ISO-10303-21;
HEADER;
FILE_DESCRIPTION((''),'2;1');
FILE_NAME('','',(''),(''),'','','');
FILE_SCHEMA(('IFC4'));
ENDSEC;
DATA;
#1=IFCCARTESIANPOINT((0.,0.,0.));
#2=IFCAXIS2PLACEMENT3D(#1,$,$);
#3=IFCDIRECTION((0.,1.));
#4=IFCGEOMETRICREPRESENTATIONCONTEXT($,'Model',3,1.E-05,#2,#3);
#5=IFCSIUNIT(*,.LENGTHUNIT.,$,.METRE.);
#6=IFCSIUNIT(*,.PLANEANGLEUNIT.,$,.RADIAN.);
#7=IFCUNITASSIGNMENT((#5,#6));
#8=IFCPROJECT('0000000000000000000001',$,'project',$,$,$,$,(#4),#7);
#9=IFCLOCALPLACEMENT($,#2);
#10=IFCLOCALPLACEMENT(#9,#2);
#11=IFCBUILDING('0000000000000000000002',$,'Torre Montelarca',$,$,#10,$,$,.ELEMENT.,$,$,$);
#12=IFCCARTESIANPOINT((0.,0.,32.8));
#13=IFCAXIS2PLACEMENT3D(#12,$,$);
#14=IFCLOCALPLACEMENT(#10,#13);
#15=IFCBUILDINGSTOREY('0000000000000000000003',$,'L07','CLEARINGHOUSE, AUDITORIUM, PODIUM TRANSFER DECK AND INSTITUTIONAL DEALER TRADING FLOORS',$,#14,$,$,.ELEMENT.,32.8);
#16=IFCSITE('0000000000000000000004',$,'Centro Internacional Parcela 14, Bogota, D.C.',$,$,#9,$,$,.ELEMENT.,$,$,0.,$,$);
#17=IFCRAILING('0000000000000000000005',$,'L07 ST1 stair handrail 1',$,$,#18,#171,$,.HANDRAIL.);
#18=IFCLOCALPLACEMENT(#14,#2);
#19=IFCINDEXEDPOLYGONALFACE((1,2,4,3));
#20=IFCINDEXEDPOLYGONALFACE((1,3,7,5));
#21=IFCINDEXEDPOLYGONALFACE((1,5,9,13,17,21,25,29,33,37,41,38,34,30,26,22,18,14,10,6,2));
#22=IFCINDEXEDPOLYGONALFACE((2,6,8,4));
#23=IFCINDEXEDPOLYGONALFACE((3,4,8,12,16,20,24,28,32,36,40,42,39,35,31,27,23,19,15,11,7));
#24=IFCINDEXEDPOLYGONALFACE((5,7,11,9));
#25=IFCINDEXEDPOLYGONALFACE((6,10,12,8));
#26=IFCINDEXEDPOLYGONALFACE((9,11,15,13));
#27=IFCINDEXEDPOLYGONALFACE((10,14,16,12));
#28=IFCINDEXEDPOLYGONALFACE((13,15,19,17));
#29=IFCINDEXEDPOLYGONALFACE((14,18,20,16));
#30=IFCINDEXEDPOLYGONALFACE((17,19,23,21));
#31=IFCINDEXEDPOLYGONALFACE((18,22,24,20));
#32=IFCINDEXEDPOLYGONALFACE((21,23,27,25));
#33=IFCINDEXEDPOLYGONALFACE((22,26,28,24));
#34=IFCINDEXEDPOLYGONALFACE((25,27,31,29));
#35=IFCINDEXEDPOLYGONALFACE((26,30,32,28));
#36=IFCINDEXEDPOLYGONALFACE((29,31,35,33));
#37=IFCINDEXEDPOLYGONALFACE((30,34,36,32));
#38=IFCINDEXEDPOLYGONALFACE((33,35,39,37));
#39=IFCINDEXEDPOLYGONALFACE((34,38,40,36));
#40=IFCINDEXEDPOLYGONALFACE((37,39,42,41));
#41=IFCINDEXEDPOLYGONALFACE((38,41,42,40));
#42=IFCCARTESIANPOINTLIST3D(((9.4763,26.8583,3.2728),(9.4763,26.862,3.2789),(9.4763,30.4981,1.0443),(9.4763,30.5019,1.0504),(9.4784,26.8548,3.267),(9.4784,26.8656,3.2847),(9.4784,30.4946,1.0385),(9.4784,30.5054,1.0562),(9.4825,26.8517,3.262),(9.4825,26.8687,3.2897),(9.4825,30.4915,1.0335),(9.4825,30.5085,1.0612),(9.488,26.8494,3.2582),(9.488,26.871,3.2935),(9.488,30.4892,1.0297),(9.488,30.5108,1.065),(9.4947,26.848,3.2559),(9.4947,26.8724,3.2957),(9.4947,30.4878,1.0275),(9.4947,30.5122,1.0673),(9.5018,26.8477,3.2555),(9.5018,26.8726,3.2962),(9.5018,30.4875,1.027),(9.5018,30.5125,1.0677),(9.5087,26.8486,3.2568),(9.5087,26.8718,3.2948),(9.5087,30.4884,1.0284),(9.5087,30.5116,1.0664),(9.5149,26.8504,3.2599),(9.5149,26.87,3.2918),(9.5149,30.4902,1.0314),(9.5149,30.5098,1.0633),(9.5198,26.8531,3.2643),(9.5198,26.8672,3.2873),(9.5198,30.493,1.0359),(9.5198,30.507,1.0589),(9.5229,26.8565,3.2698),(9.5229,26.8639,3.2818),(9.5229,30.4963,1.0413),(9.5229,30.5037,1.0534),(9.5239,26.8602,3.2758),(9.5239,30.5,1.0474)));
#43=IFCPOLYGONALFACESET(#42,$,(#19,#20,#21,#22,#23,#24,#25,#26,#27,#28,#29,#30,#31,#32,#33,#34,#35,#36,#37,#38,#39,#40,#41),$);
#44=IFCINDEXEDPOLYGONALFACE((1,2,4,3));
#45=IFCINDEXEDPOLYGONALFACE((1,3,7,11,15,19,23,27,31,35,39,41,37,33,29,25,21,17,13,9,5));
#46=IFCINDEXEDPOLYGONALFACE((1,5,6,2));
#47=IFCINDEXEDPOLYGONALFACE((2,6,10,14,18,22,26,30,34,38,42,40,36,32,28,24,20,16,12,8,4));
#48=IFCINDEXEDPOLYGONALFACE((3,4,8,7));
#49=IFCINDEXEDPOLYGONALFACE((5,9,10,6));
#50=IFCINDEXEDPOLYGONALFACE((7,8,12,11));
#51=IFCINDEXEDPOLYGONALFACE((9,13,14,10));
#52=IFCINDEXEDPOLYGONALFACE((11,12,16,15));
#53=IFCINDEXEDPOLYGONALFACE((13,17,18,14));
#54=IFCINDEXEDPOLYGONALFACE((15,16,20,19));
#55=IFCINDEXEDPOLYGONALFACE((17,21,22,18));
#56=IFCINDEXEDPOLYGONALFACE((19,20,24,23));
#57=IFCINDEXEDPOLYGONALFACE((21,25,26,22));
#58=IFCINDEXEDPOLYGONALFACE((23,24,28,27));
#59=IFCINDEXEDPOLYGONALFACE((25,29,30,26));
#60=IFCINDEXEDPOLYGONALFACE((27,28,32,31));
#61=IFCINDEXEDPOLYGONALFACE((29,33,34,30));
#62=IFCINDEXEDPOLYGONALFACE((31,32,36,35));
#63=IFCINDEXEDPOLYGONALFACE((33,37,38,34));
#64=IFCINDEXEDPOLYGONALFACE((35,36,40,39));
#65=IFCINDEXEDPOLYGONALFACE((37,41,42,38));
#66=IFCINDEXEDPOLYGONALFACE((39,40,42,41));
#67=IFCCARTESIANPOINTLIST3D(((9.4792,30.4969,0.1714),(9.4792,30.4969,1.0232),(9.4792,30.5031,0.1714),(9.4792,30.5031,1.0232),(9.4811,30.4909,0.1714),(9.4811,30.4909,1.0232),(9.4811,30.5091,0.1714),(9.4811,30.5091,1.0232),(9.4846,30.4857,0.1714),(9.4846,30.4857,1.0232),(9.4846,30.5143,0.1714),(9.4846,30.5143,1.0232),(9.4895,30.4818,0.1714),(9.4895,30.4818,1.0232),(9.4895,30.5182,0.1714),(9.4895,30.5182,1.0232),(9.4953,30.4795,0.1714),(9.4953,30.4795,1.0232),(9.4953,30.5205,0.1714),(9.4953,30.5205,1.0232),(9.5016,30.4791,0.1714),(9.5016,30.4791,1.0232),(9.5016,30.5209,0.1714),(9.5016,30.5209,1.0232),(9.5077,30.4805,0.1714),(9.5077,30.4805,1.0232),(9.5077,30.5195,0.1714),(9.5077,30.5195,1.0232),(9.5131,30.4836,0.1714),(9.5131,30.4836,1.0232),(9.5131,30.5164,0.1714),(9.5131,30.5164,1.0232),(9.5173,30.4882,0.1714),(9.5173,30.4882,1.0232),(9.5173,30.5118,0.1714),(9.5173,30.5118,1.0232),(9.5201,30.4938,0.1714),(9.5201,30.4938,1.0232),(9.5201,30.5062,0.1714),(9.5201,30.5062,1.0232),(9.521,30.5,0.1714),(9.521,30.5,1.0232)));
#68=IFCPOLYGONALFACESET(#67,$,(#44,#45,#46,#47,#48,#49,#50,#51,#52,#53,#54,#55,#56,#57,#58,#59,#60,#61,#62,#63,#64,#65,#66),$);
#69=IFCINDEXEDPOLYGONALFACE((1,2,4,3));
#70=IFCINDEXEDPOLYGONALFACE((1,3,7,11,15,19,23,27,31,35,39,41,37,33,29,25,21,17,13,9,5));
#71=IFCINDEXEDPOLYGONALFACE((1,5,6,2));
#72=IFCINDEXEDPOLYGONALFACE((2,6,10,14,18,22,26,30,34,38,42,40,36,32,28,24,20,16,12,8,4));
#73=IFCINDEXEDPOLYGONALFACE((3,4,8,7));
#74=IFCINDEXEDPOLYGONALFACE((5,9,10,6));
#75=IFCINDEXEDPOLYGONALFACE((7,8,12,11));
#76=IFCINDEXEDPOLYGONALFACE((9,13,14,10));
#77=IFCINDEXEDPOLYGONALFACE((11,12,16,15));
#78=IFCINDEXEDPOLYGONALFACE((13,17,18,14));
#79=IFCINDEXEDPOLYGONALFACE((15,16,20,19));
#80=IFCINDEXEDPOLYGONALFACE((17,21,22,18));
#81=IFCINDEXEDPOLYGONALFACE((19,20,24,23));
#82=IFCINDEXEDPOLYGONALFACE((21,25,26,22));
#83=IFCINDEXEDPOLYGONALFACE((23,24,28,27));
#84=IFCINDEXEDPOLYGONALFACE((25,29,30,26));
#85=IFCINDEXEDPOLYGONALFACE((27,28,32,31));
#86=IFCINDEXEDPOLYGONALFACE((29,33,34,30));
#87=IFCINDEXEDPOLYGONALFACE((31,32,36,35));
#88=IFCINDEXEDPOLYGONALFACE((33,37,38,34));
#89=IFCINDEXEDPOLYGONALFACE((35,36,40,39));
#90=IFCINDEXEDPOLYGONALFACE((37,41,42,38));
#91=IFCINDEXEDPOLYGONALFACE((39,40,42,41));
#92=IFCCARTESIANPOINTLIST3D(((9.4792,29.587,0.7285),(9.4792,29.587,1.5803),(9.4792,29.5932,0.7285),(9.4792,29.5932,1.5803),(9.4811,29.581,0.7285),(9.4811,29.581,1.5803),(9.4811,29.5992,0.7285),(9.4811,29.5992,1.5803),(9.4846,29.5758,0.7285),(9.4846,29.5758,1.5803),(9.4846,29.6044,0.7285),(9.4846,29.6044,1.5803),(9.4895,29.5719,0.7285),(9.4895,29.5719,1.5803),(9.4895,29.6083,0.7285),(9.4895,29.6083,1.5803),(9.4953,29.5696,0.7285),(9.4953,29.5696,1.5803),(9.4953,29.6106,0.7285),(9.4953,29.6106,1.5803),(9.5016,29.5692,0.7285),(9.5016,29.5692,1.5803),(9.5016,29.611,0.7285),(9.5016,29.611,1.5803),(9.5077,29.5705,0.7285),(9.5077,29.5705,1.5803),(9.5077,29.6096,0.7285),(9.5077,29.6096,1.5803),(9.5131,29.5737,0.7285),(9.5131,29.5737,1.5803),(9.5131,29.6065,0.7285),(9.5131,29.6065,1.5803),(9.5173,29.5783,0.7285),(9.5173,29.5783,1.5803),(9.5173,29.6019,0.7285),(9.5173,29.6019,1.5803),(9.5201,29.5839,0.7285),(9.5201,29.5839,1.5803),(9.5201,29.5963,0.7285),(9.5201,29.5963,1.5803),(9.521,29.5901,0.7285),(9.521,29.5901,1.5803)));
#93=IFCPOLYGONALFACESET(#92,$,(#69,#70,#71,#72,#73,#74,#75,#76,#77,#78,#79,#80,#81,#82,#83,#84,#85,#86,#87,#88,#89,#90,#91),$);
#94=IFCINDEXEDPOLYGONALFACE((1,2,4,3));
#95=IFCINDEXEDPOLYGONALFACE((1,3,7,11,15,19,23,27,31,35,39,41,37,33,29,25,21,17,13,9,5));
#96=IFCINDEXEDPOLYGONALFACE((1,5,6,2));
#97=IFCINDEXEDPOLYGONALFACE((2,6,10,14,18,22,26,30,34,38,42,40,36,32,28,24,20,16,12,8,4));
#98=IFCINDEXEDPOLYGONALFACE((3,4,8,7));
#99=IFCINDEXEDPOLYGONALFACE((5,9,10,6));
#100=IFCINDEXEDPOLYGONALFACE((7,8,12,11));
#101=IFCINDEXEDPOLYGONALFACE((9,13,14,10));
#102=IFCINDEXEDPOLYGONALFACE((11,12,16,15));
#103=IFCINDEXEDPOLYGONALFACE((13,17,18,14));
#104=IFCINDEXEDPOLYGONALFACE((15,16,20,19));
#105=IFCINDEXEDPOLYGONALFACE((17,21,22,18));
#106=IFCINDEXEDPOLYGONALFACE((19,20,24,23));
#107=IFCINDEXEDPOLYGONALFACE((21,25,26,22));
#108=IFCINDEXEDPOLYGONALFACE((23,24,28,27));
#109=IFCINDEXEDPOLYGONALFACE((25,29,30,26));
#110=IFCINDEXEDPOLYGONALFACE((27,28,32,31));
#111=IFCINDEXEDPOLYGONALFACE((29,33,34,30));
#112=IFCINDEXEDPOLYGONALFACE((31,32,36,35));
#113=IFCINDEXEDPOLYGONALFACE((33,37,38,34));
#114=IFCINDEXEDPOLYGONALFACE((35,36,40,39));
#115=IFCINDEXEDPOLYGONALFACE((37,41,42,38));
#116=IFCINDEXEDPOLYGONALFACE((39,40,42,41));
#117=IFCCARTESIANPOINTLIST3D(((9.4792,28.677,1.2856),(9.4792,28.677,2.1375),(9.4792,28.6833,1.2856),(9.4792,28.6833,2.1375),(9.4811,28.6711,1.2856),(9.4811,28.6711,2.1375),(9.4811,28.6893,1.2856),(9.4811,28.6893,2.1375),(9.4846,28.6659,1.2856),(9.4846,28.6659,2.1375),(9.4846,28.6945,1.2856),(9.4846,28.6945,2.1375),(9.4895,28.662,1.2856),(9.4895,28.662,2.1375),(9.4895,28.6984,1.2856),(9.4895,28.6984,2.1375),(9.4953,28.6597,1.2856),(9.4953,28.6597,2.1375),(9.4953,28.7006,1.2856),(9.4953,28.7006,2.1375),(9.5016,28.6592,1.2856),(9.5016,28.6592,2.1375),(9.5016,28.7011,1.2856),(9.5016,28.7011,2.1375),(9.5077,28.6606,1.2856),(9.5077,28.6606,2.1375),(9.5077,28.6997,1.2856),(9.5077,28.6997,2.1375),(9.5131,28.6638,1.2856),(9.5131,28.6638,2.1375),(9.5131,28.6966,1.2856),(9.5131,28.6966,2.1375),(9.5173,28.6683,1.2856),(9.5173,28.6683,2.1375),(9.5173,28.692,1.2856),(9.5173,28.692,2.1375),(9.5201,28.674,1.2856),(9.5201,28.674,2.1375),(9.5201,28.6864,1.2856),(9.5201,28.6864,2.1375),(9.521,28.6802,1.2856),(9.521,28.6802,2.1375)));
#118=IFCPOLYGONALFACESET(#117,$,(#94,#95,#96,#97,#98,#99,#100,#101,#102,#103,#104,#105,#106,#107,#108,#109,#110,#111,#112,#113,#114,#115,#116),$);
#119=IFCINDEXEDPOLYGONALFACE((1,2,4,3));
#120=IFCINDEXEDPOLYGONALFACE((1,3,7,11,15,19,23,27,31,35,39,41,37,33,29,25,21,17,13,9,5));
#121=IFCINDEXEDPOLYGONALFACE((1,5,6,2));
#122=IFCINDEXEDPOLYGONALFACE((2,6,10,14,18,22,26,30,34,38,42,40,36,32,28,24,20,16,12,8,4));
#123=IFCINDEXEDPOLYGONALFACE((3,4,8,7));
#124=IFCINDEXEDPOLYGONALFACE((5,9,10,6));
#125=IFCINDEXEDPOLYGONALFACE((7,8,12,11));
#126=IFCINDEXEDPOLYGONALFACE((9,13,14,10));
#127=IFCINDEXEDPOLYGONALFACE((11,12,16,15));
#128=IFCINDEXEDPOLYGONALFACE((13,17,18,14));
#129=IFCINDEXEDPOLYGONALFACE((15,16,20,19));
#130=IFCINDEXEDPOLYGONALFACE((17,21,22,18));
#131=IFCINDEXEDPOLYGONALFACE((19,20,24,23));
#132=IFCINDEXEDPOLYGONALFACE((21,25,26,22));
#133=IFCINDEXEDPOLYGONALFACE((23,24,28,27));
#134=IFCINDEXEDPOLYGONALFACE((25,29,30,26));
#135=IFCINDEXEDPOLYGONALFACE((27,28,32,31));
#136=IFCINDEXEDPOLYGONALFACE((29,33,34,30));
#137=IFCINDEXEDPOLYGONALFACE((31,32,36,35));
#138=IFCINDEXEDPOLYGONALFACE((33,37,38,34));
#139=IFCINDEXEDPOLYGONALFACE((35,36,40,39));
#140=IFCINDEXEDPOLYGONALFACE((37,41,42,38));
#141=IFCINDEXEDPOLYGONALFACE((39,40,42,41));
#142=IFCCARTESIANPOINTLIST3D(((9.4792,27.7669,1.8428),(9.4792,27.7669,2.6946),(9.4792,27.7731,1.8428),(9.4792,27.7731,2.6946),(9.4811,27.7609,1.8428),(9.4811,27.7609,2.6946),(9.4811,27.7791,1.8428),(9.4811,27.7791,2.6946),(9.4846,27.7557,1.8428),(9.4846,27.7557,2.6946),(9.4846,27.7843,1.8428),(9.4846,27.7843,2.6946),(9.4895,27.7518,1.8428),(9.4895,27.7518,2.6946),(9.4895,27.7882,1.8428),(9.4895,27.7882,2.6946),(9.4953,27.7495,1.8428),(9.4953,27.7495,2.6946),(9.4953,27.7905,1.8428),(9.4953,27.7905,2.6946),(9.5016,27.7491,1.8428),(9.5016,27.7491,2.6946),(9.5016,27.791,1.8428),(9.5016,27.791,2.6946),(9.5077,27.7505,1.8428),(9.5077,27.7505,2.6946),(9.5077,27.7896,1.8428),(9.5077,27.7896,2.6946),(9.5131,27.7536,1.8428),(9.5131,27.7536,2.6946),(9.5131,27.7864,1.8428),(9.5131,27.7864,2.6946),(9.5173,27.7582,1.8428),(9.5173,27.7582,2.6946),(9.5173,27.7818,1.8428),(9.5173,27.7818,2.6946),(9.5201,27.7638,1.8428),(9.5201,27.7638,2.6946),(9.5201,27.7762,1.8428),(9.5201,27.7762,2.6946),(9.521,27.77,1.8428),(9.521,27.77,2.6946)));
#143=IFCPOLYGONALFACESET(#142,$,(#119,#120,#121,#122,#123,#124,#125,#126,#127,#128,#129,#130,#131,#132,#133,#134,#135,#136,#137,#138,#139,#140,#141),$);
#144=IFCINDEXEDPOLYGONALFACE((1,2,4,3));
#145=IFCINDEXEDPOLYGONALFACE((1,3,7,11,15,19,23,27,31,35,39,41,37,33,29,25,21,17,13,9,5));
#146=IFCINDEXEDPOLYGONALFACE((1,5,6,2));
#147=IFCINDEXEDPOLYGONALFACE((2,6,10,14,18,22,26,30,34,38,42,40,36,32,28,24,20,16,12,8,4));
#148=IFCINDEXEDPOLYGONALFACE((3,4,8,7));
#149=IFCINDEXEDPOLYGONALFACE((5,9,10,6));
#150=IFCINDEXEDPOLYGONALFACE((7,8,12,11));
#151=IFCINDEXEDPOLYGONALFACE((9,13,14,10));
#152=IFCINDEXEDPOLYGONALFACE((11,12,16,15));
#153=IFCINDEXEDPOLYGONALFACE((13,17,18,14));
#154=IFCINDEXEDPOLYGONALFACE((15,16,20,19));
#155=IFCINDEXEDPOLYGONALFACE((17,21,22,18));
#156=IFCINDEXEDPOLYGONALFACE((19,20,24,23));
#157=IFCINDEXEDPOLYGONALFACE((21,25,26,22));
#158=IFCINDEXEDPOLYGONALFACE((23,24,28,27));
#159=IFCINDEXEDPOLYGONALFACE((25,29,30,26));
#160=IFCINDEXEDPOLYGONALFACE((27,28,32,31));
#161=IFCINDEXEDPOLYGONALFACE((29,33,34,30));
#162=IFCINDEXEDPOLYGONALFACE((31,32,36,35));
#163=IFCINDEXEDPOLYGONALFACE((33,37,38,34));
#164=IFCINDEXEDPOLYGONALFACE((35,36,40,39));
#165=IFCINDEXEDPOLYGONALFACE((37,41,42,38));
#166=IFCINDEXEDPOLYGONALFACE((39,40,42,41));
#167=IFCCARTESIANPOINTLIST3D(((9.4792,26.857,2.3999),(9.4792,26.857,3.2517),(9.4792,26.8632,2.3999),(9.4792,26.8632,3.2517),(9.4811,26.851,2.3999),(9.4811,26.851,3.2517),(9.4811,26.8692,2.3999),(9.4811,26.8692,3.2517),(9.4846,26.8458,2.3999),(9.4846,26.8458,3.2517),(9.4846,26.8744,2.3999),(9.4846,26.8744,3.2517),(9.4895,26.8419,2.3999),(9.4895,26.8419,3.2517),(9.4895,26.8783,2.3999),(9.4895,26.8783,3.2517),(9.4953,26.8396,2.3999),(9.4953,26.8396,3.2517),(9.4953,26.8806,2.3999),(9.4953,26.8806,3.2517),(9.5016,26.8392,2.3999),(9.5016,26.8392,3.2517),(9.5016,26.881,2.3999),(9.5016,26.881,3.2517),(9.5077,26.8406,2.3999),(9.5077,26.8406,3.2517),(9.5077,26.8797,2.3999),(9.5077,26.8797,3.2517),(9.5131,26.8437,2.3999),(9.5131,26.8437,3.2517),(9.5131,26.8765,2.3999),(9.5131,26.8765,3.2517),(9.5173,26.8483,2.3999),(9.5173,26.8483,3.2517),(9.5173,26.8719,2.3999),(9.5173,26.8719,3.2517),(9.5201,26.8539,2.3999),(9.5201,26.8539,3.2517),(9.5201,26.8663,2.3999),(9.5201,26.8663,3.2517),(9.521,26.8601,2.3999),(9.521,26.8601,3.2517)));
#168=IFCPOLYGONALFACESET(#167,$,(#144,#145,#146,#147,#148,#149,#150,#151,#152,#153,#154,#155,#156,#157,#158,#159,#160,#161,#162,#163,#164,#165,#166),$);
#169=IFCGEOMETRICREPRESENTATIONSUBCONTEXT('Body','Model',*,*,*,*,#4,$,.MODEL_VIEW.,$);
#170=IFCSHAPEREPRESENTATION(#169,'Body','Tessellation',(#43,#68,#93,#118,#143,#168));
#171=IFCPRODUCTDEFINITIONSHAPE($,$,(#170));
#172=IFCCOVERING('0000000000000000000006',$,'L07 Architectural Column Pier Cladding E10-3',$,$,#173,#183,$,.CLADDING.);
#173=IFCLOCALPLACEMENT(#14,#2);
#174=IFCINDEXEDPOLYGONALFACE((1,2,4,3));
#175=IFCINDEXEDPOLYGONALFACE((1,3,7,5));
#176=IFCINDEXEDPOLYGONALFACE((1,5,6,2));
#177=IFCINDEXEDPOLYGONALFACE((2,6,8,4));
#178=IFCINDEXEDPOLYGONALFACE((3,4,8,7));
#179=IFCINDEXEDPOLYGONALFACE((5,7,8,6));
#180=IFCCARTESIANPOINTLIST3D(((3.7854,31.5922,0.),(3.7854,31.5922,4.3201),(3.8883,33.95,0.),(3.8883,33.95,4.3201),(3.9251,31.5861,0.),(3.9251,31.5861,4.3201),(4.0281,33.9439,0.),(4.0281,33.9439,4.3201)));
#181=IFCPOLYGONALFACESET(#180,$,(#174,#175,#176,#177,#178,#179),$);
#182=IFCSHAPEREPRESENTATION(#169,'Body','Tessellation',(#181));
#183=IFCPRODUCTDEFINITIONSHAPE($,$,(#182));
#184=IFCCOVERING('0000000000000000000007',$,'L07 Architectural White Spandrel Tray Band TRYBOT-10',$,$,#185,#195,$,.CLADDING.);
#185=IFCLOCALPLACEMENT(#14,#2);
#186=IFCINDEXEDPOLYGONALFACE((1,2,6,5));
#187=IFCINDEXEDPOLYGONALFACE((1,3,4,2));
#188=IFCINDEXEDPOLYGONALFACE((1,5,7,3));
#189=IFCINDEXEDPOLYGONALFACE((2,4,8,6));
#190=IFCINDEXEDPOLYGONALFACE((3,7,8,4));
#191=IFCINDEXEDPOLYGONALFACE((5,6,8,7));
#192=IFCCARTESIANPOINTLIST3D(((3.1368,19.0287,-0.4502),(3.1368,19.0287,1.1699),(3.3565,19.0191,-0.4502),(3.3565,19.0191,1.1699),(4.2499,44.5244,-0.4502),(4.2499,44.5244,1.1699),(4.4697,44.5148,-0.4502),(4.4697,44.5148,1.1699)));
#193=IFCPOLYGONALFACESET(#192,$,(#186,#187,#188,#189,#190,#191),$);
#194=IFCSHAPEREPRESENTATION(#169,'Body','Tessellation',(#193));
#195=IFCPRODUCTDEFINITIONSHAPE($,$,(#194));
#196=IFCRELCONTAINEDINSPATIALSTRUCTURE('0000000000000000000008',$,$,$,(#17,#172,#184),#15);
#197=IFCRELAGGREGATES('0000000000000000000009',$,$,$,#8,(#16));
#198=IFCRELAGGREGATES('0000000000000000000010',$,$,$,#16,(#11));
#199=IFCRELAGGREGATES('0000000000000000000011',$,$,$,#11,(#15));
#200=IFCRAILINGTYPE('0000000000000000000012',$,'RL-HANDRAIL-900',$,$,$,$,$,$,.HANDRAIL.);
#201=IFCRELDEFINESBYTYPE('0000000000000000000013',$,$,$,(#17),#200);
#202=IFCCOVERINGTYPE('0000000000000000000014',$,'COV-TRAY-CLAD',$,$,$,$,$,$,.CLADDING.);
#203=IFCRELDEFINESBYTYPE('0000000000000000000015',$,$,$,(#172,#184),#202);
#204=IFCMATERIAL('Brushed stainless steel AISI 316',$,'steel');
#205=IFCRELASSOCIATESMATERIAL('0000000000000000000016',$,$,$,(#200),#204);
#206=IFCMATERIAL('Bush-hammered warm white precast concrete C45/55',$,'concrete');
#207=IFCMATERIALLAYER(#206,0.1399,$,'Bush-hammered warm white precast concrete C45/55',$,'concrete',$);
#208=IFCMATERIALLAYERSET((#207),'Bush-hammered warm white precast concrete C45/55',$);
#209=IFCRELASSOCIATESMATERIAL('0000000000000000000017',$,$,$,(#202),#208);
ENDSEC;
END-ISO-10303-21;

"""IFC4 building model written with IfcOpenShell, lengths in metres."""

from ifc_helpers import new_model, si_unit, direction, frame, origin, origin_2d, place, context, subcontext, project, spatial, rectangle, circle, extrude, source, transform, mapped, material, layer, layer_set, type_object, element, save


model = new_model("IFC4")

# Units and contexts
model_context = context("Model", 3, precision=1e-05, world=origin(), true_north=direction((0.0, 1.0)))
body_context = subcontext(model_context, "Body", "Model", "MODEL_VIEW")
ifc_project = project(units=[si_unit("LENGTHUNIT", "METRE"), si_unit("PLANEANGLEUNIT", "RADIAN")], contexts=[model_context])

# Site, building, storey
site_placement = place(None, origin())
site = spatial("IfcSite", under=ifc_project, at=site_placement, Name="Centro Internacional Parcela 14, Bogota, D.C.", CompositionType="ELEMENT", RefElevation=0.0)
building_placement = place(site_placement, origin())
building = spatial("IfcBuilding", under=site, at=building_placement, Name="Torre Montelarca", CompositionType="ELEMENT")
storey_placement = place(building_placement, frame((0.0, 0.0, 32.8)))
storey = spatial("IfcBuildingStorey", under=building, at=storey_placement, Name="L07", Description="CLEARINGHOUSE, AUDITORIUM, PODIUM TRANSFER DECK AND INSTITUTIONAL DEALER TRADING FLOORS", CompositionType="ELEMENT", Elevation=32.8)

# Shared definitions
ifc_material_1 = material(Name="Brushed stainless steel AISI 316", Category="steel")

# Railing
railing_type_1 = type_object("IfcRailingType", Name="RL-HANDRAIL-900", PredefinedType="HANDRAIL", material=ifc_material_1)
railing_1_placement = place(storey_placement, frame((9.5, 30.5, 0.1714)))
element("IfcRailing", 1, at=railing_1_placement, inside=storey, type_object=railing_type_1, Name="L07 ST1 stair handrail 1", PredefinedType="HANDRAIL", context=body_context, shape_type="SweptSolid", body=[
    extrude(circle(Radius=0.0239, at=origin_2d()), frame((0.0, 0.0, 0.876), z_axis=(0.0, -0.85285, 0.522156), x_axis=(1.0, 0.0, 0.0)), (0.0, 0.0, 1.0), 4.2678),
    extrude(circle(Radius=0.021, at=origin_2d()), origin(), (0.0, 0.0, 1.0), 0.8518),
    extrude(circle(Radius=0.021, at=origin_2d()), frame((0.0, -0.9099, 0.5571)), (0.0, 0.0, 1.0), 0.8518),
    extrude(circle(Radius=0.021, at=origin_2d()), frame((0.0, -1.8198, 1.1143)), (0.0, 0.0, 1.0), 0.8518),
    extrude(circle(Radius=0.021, at=origin_2d()), frame((0.0, -2.73, 1.6714)), (0.0, 0.0, 1.0), 0.8518),
    extrude(circle(Radius=0.021, at=origin_2d()), frame((0.0, -3.6399, 2.2285)), (0.0, 0.0, 1.0), 0.8518),
])

# Coverings
ifc_material_2 = material(Name="Bush-hammered warm white precast concrete C45/55", Category="concrete")
ifc_layer_1 = layer(ifc_material_2, 0.1399, Name="Bush-hammered warm white precast concrete C45/55", Category="concrete")
ifc_layer_set_1 = layer_set([ifc_layer_1], Name="Bush-hammered warm white precast concrete C45/55")
covering_type = type_object("IfcCoveringType", Name="COV-TRAY-CLAD", PredefinedType="CLADDING", material=ifc_layer_set_1)
shared_shape_1 = source(origin(), body_context, "Body", "SweptSolid", [
    extrude(rectangle(XDim=2.3601, YDim=0.1399, at=origin_2d()), origin(), (0.0, 0.0, 1.0), 4.3201),
])
covering_1_placement = place(storey_placement, frame((3.9067, 32.7681, 0.0), z_axis=(0.0, 0.0, 1.0), x_axis=(-0.043619, -0.999048, 0.0)))
element("IfcCovering", 2, at=covering_1_placement, inside=storey, type_object=covering_type, Name="L07 Architectural Column Pier Cladding E10-3", PredefinedType="CLADDING", context=body_context, shape_type="MappedRepresentation", body=[
    mapped(shared_shape_1, transform((0.0, 0.0, 0.0), scale=1.0)),
])
shared_shape_2 = source(origin(), body_context, "Body", "SweptSolid", [
    extrude(rectangle(XDim=25.52, YDim=0.22, at=origin_2d()), origin(), (0.0, 0.0, 1.0), 1.6201),
])
covering_2_placement = place(storey_placement, frame((3.8032, 31.7717, -0.4502), z_axis=(0.0, 0.0, 1.0), x_axis=(-0.043618, -0.999048, 0.0)))
element("IfcCovering", 3, at=covering_2_placement, inside=storey, type_object=covering_type, Name="L07 Architectural White Spandrel Tray Band TRYBOT-10", PredefinedType="CLADDING", context=body_context, shape_type="MappedRepresentation", body=[
    mapped(shared_shape_2, transform((0.0, 0.0, 0.0), scale=1.0)),
])

save(model, "model.ifc")
